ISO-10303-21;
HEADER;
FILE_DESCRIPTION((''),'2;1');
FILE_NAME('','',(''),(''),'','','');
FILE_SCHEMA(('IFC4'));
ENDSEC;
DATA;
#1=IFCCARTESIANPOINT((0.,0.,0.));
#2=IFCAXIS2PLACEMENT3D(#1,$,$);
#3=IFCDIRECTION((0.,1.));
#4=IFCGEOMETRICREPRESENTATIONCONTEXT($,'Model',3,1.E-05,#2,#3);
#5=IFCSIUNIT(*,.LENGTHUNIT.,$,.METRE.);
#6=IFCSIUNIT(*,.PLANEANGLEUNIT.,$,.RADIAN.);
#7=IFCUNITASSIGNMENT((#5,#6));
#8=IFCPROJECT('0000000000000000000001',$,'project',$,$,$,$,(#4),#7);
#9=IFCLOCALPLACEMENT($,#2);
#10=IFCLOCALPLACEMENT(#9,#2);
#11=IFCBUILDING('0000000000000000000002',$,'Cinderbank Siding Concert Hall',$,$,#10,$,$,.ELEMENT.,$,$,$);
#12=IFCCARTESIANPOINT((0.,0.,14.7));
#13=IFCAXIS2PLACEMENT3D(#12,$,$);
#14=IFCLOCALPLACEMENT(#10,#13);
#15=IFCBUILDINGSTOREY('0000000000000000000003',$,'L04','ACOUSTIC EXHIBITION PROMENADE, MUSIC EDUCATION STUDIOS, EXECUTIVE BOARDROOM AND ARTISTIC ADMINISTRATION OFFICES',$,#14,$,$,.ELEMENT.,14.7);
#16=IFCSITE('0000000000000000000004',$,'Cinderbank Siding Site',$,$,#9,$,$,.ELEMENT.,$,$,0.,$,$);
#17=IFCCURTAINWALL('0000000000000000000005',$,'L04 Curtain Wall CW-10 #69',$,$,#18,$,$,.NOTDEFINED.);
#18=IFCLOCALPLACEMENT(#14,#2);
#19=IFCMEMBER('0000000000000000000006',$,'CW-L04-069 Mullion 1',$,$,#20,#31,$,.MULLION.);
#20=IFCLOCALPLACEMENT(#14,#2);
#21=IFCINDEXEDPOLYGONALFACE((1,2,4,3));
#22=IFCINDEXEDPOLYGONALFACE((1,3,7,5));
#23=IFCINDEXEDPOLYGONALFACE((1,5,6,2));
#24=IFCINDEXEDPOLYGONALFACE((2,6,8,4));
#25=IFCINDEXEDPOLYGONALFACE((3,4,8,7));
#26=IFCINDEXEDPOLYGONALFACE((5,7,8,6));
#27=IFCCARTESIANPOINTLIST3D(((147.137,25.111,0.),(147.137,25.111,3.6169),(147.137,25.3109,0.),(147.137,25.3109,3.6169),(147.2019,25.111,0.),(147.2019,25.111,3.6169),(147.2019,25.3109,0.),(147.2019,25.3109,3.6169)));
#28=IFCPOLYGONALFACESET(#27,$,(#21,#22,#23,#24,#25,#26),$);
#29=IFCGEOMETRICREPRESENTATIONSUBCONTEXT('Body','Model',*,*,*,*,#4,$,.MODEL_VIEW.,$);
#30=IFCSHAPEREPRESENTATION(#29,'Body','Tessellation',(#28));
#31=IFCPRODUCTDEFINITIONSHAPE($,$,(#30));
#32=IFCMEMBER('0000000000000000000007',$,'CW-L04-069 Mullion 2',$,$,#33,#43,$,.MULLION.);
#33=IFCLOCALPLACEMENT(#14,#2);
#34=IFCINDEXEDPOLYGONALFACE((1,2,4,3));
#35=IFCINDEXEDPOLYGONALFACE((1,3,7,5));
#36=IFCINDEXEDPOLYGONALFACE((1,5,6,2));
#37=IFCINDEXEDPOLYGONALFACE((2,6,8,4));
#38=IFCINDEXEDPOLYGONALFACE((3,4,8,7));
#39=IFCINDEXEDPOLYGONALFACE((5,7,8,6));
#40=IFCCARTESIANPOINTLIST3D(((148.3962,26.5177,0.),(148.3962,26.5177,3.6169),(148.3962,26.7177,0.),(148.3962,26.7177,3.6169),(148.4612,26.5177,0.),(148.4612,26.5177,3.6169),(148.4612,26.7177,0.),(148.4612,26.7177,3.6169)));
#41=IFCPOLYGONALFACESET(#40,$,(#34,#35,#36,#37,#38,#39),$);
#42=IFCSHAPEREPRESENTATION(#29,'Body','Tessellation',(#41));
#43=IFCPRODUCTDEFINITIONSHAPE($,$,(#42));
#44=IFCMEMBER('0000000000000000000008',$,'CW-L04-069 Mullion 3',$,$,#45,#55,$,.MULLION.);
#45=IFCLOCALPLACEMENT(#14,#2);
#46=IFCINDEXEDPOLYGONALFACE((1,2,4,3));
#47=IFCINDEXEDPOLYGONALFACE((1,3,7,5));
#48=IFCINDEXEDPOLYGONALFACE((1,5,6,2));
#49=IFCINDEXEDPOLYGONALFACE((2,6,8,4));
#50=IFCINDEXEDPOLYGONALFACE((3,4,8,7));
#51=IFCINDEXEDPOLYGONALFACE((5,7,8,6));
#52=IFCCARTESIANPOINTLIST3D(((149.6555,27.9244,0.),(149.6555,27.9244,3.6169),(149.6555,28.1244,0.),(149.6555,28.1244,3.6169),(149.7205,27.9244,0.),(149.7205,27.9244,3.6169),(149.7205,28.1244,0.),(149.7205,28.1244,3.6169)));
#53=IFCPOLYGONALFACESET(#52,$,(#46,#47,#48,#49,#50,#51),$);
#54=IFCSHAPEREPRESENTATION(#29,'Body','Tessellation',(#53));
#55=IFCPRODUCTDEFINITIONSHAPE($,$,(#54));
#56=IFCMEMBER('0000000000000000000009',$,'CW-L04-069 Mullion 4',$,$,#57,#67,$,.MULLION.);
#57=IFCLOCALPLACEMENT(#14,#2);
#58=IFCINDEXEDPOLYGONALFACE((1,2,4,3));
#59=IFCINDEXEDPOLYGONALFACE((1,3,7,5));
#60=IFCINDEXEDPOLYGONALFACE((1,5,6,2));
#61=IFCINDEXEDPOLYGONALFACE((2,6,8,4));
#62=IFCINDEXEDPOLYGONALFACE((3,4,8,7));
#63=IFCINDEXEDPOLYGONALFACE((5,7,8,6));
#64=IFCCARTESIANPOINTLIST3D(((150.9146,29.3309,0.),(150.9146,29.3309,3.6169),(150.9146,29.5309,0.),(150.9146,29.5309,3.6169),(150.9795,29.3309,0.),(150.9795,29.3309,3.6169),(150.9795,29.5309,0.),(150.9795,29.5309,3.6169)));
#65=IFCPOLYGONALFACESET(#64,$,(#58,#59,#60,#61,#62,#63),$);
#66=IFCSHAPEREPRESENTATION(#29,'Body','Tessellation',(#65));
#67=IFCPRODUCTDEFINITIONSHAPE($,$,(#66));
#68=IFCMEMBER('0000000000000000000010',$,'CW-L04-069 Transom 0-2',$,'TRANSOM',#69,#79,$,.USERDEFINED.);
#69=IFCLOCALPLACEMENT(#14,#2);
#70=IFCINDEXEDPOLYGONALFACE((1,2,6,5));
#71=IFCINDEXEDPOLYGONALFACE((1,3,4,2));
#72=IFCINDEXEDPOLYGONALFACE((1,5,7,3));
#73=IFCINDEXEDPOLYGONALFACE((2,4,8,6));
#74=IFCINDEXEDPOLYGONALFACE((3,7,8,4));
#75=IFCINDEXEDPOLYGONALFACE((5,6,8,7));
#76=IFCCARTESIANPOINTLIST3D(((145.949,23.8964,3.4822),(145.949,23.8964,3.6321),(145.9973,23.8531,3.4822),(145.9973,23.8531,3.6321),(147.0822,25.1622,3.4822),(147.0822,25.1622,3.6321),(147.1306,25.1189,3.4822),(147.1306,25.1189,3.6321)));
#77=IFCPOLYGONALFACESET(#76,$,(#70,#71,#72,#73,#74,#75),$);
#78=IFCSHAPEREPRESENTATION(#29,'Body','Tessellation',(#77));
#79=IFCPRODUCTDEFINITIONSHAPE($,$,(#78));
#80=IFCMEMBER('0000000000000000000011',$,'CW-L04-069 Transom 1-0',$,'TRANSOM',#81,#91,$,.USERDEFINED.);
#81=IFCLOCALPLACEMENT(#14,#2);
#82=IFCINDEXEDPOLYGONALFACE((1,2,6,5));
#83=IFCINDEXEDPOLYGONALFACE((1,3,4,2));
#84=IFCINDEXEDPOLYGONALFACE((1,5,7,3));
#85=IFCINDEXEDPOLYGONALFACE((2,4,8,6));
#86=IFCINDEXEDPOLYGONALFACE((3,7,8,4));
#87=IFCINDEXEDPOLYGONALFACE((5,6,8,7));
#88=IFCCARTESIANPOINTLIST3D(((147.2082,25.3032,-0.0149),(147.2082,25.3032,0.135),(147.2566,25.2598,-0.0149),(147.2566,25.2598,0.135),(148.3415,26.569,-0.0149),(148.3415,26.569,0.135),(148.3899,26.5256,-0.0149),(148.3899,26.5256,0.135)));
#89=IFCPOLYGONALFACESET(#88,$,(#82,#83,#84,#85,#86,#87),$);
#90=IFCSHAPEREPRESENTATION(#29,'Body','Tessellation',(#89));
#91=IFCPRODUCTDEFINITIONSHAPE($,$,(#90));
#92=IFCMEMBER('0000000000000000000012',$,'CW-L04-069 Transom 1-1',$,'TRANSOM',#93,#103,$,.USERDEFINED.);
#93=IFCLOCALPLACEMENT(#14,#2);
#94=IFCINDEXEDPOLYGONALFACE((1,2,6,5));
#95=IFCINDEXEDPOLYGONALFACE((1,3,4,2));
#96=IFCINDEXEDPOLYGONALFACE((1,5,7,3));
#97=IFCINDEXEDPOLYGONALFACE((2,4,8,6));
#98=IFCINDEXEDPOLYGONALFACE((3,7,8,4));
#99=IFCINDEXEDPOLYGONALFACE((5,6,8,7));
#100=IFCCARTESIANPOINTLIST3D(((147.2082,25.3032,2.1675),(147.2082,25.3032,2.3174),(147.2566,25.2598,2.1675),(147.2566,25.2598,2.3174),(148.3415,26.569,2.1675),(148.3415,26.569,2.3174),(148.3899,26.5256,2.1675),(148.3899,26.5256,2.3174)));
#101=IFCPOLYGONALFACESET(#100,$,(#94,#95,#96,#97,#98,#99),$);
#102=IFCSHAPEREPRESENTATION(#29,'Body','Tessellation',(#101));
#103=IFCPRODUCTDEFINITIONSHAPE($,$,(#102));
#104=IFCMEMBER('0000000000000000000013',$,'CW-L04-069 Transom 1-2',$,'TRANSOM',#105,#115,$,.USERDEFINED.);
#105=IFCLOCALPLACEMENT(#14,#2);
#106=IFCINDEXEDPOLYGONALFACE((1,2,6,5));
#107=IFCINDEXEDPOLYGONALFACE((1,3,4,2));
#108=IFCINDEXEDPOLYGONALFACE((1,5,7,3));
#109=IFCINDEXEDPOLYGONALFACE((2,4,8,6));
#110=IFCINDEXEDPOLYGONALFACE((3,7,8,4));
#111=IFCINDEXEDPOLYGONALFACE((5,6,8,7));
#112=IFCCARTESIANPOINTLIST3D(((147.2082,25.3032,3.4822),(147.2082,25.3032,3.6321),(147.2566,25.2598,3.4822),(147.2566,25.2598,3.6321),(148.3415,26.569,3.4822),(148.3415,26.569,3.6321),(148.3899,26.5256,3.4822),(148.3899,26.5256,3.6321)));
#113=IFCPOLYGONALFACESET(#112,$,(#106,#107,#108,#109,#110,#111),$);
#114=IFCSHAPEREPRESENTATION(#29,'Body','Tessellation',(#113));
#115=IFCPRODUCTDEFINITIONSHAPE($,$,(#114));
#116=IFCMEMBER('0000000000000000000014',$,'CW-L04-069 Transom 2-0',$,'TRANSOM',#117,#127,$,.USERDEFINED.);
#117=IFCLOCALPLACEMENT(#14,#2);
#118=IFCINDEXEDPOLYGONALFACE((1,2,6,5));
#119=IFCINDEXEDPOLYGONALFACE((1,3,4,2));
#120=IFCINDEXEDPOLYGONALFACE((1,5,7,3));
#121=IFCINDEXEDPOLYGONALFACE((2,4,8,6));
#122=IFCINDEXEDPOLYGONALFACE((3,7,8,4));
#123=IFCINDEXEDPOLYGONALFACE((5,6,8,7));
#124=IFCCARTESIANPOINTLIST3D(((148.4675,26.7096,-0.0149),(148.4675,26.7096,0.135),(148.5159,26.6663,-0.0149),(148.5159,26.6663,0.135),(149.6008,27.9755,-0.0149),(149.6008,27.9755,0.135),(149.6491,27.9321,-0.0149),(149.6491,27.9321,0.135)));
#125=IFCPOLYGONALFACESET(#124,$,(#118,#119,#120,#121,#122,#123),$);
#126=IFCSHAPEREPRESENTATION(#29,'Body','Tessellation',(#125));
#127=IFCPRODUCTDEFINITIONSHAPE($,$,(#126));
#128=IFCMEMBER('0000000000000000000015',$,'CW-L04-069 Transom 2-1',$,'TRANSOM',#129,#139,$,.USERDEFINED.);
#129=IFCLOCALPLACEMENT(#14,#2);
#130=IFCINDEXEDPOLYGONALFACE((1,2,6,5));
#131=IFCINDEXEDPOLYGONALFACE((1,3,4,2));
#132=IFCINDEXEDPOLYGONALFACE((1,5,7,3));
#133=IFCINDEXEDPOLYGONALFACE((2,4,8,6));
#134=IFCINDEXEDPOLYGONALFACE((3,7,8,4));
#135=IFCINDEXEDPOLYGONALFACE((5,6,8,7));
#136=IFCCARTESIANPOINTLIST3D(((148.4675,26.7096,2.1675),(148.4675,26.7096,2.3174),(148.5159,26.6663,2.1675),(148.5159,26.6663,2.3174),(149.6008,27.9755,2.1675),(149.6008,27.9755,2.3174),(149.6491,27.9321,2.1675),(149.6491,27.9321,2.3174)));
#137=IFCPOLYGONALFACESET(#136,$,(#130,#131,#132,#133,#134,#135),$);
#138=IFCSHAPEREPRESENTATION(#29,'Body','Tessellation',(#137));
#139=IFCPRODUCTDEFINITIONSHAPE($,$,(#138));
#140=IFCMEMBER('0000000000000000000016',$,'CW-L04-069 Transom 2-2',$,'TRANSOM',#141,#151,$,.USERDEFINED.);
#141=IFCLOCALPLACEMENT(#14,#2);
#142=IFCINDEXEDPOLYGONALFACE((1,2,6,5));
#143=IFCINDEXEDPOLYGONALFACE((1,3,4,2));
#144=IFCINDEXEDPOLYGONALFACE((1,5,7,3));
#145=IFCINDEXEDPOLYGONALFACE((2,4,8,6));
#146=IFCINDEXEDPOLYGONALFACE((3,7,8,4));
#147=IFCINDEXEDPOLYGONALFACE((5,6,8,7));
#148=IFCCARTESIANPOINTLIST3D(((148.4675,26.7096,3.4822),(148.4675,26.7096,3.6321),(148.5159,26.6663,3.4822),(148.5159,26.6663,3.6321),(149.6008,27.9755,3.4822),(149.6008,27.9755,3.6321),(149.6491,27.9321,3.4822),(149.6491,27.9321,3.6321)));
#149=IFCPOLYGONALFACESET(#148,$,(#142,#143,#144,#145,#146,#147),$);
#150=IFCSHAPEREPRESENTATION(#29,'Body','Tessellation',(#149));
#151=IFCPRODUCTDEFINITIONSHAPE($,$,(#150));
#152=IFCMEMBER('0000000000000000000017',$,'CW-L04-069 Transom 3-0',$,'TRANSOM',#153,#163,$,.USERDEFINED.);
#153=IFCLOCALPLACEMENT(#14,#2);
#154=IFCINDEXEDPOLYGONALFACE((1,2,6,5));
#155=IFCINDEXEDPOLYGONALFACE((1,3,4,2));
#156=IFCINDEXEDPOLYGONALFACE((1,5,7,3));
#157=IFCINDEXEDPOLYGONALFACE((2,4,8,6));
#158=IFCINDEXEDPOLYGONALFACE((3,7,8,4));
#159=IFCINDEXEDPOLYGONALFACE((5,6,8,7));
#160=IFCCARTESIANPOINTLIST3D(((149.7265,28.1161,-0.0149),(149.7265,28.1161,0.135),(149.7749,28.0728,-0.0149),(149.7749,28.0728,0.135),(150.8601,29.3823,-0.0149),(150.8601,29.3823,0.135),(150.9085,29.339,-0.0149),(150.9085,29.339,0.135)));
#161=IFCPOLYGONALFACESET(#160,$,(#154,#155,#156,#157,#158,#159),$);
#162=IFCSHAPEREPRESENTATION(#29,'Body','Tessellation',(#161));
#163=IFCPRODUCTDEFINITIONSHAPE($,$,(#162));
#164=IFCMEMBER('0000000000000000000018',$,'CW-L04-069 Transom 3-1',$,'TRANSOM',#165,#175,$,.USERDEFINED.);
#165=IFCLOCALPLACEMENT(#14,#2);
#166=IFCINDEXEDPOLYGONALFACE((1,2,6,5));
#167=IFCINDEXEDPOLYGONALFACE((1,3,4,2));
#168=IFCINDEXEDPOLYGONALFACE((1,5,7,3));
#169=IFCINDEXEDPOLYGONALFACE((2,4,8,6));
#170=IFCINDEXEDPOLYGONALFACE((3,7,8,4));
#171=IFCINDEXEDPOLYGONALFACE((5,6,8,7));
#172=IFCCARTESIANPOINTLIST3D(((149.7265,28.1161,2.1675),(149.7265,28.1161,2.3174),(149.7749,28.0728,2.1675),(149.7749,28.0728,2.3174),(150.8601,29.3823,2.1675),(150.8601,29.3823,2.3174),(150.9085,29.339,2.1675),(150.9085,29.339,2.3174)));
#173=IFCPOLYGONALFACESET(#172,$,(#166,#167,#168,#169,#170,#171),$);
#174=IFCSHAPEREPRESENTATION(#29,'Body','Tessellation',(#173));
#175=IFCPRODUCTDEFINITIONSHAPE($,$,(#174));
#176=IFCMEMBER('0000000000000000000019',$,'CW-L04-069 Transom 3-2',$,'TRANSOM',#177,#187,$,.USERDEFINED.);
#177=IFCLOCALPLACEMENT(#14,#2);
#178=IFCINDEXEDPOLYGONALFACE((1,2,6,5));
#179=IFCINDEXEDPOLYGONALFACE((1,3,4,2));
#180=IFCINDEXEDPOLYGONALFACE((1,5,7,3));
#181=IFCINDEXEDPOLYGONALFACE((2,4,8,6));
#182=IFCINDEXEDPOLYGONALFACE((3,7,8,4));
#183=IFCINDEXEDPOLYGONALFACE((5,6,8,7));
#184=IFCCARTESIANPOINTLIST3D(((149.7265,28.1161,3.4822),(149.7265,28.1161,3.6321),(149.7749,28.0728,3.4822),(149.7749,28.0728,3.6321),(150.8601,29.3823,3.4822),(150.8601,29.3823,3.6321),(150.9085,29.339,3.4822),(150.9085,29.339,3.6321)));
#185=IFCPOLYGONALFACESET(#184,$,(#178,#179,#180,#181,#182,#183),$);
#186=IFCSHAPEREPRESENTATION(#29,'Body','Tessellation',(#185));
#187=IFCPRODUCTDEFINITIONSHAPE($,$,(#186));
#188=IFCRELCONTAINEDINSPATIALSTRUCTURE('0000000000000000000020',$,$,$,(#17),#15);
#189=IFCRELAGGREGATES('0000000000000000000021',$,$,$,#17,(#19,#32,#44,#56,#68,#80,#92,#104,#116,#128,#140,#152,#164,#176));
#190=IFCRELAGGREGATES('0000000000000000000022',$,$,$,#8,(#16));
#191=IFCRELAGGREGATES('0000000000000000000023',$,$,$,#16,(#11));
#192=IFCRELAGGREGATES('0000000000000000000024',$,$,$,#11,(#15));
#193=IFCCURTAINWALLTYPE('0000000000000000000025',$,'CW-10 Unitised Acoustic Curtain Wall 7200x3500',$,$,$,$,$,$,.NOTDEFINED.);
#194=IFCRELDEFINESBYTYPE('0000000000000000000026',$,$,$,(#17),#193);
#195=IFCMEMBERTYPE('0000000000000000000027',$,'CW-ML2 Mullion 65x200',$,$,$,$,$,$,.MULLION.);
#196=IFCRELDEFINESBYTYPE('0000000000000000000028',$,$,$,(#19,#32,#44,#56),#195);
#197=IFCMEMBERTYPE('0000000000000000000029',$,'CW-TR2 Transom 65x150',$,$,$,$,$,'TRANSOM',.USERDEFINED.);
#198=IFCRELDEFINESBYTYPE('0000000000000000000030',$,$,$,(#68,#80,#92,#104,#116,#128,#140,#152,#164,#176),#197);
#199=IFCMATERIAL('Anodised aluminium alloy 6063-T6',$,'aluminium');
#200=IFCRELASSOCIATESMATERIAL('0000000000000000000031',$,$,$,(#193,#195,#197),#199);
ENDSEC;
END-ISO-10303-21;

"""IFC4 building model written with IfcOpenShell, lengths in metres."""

from ifc_helpers import new_model, si_unit, direction, frame, origin, origin_2d, place, context, subcontext, project, spatial, rectangle, extrude, material, material_profile, profile_set, type_object, element, aggregate, save


model = new_model("IFC4")

# Units and contexts
model_context = context("Model", 3, precision=1e-05, world=origin(), true_north=direction((0.0, 1.0)))
body_context = subcontext(model_context, "Body", "Model", "MODEL_VIEW")
ifc_project = project(units=[si_unit("LENGTHUNIT", "METRE"), si_unit("PLANEANGLEUNIT", "RADIAN")], contexts=[model_context])

# Site, building, storey
site_placement = place(None, origin())
site = spatial("IfcSite", under=ifc_project, at=site_placement, Name="Cinderbank Siding Site", CompositionType="ELEMENT", RefElevation=0.0)
building_placement = place(site_placement, origin())
building = spatial("IfcBuilding", under=site, at=building_placement, Name="Cinderbank Siding Concert Hall", CompositionType="ELEMENT")
storey_placement = place(building_placement, frame((0.0, 0.0, 14.7)))
storey = spatial("IfcBuildingStorey", under=building, at=storey_placement, Name="L04", Description="ACOUSTIC EXHIBITION PROMENADE, MUSIC EDUCATION STUDIOS, EXECUTIVE BOARDROOM AND ARTISTIC ADMINISTRATION OFFICES", CompositionType="ELEMENT", Elevation=14.7)

# Curtain wall, members
ifc_material_1 = material(Name="Anodised aluminium alloy 6063-T6", Category="aluminium")
curtain_wall_type = type_object("IfcCurtainWallType", Name="CW-10 Unitised Acoustic Curtain Wall 7200x3500", PredefinedType="NOTDEFINED", material=ifc_material_1)
curtain_wall_placement = place(storey_placement, origin())
curtain_wall = element("IfcCurtainWall", 1, at=curtain_wall_placement, inside=storey, type_object=curtain_wall_type, Name="L04 Curtain Wall CW-10 #69", PredefinedType="NOTDEFINED")
ifc_material_profile_1 = material_profile(ifc_material_1, rectangle(XDim=0.0649, YDim=0.2, at=origin_2d()), Name="ALU-MULL-65x200", Category="LoadBearing")
ifc_profile_set_1 = profile_set([ifc_material_profile_1], Name="Anodised aluminium alloy 6063-T6")
member_type_1 = type_object("IfcMemberType", Name="CW-ML2 Mullion 65x200", PredefinedType="MULLION", material=ifc_profile_set_1)
member_1_placement = place(storey_placement, frame((147.1694, 25.2109, 0.0), z_axis=(0.0, 0.0, 1.0), x_axis=(1.0, 0.0, 0.0)))
member_1 = element("IfcMember", 2, at=member_1_placement, type_object=member_type_1, Name="CW-L04-069 Mullion 1", PredefinedType="MULLION", context=body_context, shape_type="SweptSolid", body=[
    extrude(rectangle(XDim=0.0649, YDim=0.2, at=origin_2d()), origin(), (0.0, 0.0, 1.0), 3.6169),
])
member_2_placement = place(storey_placement, frame((148.4287, 26.6177, 0.0), z_axis=(0.0, 0.0, 1.0), x_axis=(1.0, 0.0, 0.0)))
member_2 = element("IfcMember", 3, at=member_2_placement, type_object=member_type_1, Name="CW-L04-069 Mullion 2", PredefinedType="MULLION", context=body_context, shape_type="SweptSolid", body=[
    extrude(rectangle(XDim=0.0649, YDim=0.2, at=origin_2d()), origin(), (0.0, 0.0, 1.0), 3.6169),
])
member_3_placement = place(storey_placement, frame((149.688, 28.0244, 0.0), z_axis=(0.0, 0.0, 1.0), x_axis=(1.0, 0.0, 0.0)))
member_3 = element("IfcMember", 4, at=member_3_placement, type_object=member_type_1, Name="CW-L04-069 Mullion 3", PredefinedType="MULLION", context=body_context, shape_type="SweptSolid", body=[
    extrude(rectangle(XDim=0.0649, YDim=0.2, at=origin_2d()), origin(), (0.0, 0.0, 1.0), 3.6169),
])
member_4_placement = place(storey_placement, frame((150.947, 29.4309, 0.0), z_axis=(0.0, 0.0, 1.0), x_axis=(1.0, 0.0, 0.0)))
member_4 = element("IfcMember", 5, at=member_4_placement, type_object=member_type_1, Name="CW-L04-069 Mullion 4", PredefinedType="MULLION", context=body_context, shape_type="SweptSolid", body=[
    extrude(rectangle(XDim=0.0649, YDim=0.2, at=origin_2d()), origin(), (0.0, 0.0, 1.0), 3.6169),
])
ifc_material_profile_2 = material_profile(ifc_material_1, rectangle(XDim=0.0649, YDim=0.1499, at=origin_2d()), Name="ALU-TRAN-65x150", Category="LoadBearing")
ifc_profile_set_2 = profile_set([ifc_material_profile_2], Name="Anodised aluminium alloy 6063-T6")
member_type_2 = type_object("IfcMemberType", Name="CW-TR2 Transom 65x150", ElementType="TRANSOM", PredefinedType="USERDEFINED", material=ifc_profile_set_2)
member_5_placement = place(storey_placement, frame((145.9731, 23.8748, 3.5571), z_axis=(0.667017, 0.745042, 0.0), x_axis=(-0.745042, 0.667017, 0.0)))
member_5 = element("IfcMember", 6, at=member_5_placement, type_object=member_type_2, Name="CW-L04-069 Transom 0-2", ObjectType="TRANSOM", PredefinedType="USERDEFINED", context=body_context, shape_type="SweptSolid", body=[
    extrude(rectangle(XDim=0.0649, YDim=0.1499, at=origin_2d()), origin(), (0.0, 0.0, 1.0), 1.699),
])
member_6_placement = place(storey_placement, frame((147.2324, 25.2815, 0.0601), z_axis=(0.667017, 0.745042, 0.0), x_axis=(-0.745042, 0.667017, 0.0)))
member_6 = element("IfcMember", 7, at=member_6_placement, type_object=member_type_2, Name="CW-L04-069 Transom 1-0", ObjectType="TRANSOM", PredefinedType="USERDEFINED", context=body_context, shape_type="SweptSolid", body=[
    extrude(rectangle(XDim=0.0649, YDim=0.1499, at=origin_2d()), origin(), (0.0, 0.0, 1.0), 1.699),
])
member_7_placement = place(storey_placement, frame((147.2324, 25.2815, 2.2424), z_axis=(0.667017, 0.745042, 0.0), x_axis=(-0.745042, 0.667017, 0.0)))
member_7 = element("IfcMember", 8, at=member_7_placement, type_object=member_type_2, Name="CW-L04-069 Transom 1-1", ObjectType="TRANSOM", PredefinedType="USERDEFINED", context=body_context, shape_type="SweptSolid", body=[
    extrude(rectangle(XDim=0.0649, YDim=0.1499, at=origin_2d()), origin(), (0.0, 0.0, 1.0), 1.699),
])
member_8_placement = place(storey_placement, frame((147.2324, 25.2815, 3.5571), z_axis=(0.667017, 0.745042, 0.0), x_axis=(-0.745042, 0.667017, 0.0)))
member_8 = element("IfcMember", 9, at=member_8_placement, type_object=member_type_2, Name="CW-L04-069 Transom 1-2", ObjectType="TRANSOM", PredefinedType="USERDEFINED", context=body_context, shape_type="SweptSolid", body=[
    extrude(rectangle(XDim=0.0649, YDim=0.1499, at=origin_2d()), origin(), (0.0, 0.0, 1.0), 1.699),
])
member_9_placement = place(storey_placement, frame((148.4917, 26.688, 0.0601), z_axis=(0.667017, 0.745042, 0.0), x_axis=(-0.745042, 0.667017, 0.0)))
member_9 = element("IfcMember", 10, at=member_9_placement, type_object=member_type_2, Name="CW-L04-069 Transom 2-0", ObjectType="TRANSOM", PredefinedType="USERDEFINED", context=body_context, shape_type="SweptSolid", body=[
    extrude(rectangle(XDim=0.0649, YDim=0.1499, at=origin_2d()), origin(), (0.0, 0.0, 1.0), 1.699),
])
member_10_placement = place(storey_placement, frame((148.4917, 26.688, 2.2424), z_axis=(0.667017, 0.745042, 0.0), x_axis=(-0.745042, 0.667017, 0.0)))
member_10 = element("IfcMember", 11, at=member_10_placement, type_object=member_type_2, Name="CW-L04-069 Transom 2-1", ObjectType="TRANSOM", PredefinedType="USERDEFINED", context=body_context, shape_type="SweptSolid", body=[
    extrude(rectangle(XDim=0.0649, YDim=0.1499, at=origin_2d()), origin(), (0.0, 0.0, 1.0), 1.699),
])
member_11_placement = place(storey_placement, frame((148.4917, 26.688, 3.5571), z_axis=(0.667017, 0.745042, 0.0), x_axis=(-0.745042, 0.667017, 0.0)))
member_11 = element("IfcMember", 12, at=member_11_placement, type_object=member_type_2, Name="CW-L04-069 Transom 2-2", ObjectType="TRANSOM", PredefinedType="USERDEFINED", context=body_context, shape_type="SweptSolid", body=[
    extrude(rectangle(XDim=0.0649, YDim=0.1499, at=origin_2d()), origin(), (0.0, 0.0, 1.0), 1.699),
])
member_12_placement = place(storey_placement, frame((149.7507, 28.0945, 0.0601), z_axis=(0.667026, 0.745035, 0.0), x_axis=(-0.745035, 0.667026, 0.0)))
member_12 = element("IfcMember", 13, at=member_12_placement, type_object=member_type_2, Name="CW-L04-069 Transom 3-0", ObjectType="TRANSOM", PredefinedType="USERDEFINED", context=body_context, shape_type="SweptSolid", body=[
    extrude(rectangle(XDim=0.0649, YDim=0.1499, at=origin_2d()), origin(), (0.0, 0.0, 1.0), 1.6995),
])
member_13_placement = place(storey_placement, frame((149.7507, 28.0945, 2.2424), z_axis=(0.667026, 0.745035, 0.0), x_axis=(-0.745035, 0.667026, 0.0)))
member_13 = element("IfcMember", 14, at=member_13_placement, type_object=member_type_2, Name="CW-L04-069 Transom 3-1", ObjectType="TRANSOM", PredefinedType="USERDEFINED", context=body_context, shape_type="SweptSolid", body=[
    extrude(rectangle(XDim=0.0649, YDim=0.1499, at=origin_2d()), origin(), (0.0, 0.0, 1.0), 1.6995),
])
member_14_placement = place(storey_placement, frame((149.7507, 28.0945, 3.5571), z_axis=(0.667026, 0.745035, 0.0), x_axis=(-0.745035, 0.667026, 0.0)))
member_14 = element("IfcMember", 15, at=member_14_placement, type_object=member_type_2, Name="CW-L04-069 Transom 3-2", ObjectType="TRANSOM", PredefinedType="USERDEFINED", context=body_context, shape_type="SweptSolid", body=[
    extrude(rectangle(XDim=0.0649, YDim=0.1499, at=origin_2d()), origin(), (0.0, 0.0, 1.0), 1.6995),
])
aggregate(curtain_wall, [member_1, member_2, member_3, member_4, member_5, member_6, member_7, member_8, member_9, member_10, member_11, member_12, member_13, member_14])

save(model, "model.ifc")
